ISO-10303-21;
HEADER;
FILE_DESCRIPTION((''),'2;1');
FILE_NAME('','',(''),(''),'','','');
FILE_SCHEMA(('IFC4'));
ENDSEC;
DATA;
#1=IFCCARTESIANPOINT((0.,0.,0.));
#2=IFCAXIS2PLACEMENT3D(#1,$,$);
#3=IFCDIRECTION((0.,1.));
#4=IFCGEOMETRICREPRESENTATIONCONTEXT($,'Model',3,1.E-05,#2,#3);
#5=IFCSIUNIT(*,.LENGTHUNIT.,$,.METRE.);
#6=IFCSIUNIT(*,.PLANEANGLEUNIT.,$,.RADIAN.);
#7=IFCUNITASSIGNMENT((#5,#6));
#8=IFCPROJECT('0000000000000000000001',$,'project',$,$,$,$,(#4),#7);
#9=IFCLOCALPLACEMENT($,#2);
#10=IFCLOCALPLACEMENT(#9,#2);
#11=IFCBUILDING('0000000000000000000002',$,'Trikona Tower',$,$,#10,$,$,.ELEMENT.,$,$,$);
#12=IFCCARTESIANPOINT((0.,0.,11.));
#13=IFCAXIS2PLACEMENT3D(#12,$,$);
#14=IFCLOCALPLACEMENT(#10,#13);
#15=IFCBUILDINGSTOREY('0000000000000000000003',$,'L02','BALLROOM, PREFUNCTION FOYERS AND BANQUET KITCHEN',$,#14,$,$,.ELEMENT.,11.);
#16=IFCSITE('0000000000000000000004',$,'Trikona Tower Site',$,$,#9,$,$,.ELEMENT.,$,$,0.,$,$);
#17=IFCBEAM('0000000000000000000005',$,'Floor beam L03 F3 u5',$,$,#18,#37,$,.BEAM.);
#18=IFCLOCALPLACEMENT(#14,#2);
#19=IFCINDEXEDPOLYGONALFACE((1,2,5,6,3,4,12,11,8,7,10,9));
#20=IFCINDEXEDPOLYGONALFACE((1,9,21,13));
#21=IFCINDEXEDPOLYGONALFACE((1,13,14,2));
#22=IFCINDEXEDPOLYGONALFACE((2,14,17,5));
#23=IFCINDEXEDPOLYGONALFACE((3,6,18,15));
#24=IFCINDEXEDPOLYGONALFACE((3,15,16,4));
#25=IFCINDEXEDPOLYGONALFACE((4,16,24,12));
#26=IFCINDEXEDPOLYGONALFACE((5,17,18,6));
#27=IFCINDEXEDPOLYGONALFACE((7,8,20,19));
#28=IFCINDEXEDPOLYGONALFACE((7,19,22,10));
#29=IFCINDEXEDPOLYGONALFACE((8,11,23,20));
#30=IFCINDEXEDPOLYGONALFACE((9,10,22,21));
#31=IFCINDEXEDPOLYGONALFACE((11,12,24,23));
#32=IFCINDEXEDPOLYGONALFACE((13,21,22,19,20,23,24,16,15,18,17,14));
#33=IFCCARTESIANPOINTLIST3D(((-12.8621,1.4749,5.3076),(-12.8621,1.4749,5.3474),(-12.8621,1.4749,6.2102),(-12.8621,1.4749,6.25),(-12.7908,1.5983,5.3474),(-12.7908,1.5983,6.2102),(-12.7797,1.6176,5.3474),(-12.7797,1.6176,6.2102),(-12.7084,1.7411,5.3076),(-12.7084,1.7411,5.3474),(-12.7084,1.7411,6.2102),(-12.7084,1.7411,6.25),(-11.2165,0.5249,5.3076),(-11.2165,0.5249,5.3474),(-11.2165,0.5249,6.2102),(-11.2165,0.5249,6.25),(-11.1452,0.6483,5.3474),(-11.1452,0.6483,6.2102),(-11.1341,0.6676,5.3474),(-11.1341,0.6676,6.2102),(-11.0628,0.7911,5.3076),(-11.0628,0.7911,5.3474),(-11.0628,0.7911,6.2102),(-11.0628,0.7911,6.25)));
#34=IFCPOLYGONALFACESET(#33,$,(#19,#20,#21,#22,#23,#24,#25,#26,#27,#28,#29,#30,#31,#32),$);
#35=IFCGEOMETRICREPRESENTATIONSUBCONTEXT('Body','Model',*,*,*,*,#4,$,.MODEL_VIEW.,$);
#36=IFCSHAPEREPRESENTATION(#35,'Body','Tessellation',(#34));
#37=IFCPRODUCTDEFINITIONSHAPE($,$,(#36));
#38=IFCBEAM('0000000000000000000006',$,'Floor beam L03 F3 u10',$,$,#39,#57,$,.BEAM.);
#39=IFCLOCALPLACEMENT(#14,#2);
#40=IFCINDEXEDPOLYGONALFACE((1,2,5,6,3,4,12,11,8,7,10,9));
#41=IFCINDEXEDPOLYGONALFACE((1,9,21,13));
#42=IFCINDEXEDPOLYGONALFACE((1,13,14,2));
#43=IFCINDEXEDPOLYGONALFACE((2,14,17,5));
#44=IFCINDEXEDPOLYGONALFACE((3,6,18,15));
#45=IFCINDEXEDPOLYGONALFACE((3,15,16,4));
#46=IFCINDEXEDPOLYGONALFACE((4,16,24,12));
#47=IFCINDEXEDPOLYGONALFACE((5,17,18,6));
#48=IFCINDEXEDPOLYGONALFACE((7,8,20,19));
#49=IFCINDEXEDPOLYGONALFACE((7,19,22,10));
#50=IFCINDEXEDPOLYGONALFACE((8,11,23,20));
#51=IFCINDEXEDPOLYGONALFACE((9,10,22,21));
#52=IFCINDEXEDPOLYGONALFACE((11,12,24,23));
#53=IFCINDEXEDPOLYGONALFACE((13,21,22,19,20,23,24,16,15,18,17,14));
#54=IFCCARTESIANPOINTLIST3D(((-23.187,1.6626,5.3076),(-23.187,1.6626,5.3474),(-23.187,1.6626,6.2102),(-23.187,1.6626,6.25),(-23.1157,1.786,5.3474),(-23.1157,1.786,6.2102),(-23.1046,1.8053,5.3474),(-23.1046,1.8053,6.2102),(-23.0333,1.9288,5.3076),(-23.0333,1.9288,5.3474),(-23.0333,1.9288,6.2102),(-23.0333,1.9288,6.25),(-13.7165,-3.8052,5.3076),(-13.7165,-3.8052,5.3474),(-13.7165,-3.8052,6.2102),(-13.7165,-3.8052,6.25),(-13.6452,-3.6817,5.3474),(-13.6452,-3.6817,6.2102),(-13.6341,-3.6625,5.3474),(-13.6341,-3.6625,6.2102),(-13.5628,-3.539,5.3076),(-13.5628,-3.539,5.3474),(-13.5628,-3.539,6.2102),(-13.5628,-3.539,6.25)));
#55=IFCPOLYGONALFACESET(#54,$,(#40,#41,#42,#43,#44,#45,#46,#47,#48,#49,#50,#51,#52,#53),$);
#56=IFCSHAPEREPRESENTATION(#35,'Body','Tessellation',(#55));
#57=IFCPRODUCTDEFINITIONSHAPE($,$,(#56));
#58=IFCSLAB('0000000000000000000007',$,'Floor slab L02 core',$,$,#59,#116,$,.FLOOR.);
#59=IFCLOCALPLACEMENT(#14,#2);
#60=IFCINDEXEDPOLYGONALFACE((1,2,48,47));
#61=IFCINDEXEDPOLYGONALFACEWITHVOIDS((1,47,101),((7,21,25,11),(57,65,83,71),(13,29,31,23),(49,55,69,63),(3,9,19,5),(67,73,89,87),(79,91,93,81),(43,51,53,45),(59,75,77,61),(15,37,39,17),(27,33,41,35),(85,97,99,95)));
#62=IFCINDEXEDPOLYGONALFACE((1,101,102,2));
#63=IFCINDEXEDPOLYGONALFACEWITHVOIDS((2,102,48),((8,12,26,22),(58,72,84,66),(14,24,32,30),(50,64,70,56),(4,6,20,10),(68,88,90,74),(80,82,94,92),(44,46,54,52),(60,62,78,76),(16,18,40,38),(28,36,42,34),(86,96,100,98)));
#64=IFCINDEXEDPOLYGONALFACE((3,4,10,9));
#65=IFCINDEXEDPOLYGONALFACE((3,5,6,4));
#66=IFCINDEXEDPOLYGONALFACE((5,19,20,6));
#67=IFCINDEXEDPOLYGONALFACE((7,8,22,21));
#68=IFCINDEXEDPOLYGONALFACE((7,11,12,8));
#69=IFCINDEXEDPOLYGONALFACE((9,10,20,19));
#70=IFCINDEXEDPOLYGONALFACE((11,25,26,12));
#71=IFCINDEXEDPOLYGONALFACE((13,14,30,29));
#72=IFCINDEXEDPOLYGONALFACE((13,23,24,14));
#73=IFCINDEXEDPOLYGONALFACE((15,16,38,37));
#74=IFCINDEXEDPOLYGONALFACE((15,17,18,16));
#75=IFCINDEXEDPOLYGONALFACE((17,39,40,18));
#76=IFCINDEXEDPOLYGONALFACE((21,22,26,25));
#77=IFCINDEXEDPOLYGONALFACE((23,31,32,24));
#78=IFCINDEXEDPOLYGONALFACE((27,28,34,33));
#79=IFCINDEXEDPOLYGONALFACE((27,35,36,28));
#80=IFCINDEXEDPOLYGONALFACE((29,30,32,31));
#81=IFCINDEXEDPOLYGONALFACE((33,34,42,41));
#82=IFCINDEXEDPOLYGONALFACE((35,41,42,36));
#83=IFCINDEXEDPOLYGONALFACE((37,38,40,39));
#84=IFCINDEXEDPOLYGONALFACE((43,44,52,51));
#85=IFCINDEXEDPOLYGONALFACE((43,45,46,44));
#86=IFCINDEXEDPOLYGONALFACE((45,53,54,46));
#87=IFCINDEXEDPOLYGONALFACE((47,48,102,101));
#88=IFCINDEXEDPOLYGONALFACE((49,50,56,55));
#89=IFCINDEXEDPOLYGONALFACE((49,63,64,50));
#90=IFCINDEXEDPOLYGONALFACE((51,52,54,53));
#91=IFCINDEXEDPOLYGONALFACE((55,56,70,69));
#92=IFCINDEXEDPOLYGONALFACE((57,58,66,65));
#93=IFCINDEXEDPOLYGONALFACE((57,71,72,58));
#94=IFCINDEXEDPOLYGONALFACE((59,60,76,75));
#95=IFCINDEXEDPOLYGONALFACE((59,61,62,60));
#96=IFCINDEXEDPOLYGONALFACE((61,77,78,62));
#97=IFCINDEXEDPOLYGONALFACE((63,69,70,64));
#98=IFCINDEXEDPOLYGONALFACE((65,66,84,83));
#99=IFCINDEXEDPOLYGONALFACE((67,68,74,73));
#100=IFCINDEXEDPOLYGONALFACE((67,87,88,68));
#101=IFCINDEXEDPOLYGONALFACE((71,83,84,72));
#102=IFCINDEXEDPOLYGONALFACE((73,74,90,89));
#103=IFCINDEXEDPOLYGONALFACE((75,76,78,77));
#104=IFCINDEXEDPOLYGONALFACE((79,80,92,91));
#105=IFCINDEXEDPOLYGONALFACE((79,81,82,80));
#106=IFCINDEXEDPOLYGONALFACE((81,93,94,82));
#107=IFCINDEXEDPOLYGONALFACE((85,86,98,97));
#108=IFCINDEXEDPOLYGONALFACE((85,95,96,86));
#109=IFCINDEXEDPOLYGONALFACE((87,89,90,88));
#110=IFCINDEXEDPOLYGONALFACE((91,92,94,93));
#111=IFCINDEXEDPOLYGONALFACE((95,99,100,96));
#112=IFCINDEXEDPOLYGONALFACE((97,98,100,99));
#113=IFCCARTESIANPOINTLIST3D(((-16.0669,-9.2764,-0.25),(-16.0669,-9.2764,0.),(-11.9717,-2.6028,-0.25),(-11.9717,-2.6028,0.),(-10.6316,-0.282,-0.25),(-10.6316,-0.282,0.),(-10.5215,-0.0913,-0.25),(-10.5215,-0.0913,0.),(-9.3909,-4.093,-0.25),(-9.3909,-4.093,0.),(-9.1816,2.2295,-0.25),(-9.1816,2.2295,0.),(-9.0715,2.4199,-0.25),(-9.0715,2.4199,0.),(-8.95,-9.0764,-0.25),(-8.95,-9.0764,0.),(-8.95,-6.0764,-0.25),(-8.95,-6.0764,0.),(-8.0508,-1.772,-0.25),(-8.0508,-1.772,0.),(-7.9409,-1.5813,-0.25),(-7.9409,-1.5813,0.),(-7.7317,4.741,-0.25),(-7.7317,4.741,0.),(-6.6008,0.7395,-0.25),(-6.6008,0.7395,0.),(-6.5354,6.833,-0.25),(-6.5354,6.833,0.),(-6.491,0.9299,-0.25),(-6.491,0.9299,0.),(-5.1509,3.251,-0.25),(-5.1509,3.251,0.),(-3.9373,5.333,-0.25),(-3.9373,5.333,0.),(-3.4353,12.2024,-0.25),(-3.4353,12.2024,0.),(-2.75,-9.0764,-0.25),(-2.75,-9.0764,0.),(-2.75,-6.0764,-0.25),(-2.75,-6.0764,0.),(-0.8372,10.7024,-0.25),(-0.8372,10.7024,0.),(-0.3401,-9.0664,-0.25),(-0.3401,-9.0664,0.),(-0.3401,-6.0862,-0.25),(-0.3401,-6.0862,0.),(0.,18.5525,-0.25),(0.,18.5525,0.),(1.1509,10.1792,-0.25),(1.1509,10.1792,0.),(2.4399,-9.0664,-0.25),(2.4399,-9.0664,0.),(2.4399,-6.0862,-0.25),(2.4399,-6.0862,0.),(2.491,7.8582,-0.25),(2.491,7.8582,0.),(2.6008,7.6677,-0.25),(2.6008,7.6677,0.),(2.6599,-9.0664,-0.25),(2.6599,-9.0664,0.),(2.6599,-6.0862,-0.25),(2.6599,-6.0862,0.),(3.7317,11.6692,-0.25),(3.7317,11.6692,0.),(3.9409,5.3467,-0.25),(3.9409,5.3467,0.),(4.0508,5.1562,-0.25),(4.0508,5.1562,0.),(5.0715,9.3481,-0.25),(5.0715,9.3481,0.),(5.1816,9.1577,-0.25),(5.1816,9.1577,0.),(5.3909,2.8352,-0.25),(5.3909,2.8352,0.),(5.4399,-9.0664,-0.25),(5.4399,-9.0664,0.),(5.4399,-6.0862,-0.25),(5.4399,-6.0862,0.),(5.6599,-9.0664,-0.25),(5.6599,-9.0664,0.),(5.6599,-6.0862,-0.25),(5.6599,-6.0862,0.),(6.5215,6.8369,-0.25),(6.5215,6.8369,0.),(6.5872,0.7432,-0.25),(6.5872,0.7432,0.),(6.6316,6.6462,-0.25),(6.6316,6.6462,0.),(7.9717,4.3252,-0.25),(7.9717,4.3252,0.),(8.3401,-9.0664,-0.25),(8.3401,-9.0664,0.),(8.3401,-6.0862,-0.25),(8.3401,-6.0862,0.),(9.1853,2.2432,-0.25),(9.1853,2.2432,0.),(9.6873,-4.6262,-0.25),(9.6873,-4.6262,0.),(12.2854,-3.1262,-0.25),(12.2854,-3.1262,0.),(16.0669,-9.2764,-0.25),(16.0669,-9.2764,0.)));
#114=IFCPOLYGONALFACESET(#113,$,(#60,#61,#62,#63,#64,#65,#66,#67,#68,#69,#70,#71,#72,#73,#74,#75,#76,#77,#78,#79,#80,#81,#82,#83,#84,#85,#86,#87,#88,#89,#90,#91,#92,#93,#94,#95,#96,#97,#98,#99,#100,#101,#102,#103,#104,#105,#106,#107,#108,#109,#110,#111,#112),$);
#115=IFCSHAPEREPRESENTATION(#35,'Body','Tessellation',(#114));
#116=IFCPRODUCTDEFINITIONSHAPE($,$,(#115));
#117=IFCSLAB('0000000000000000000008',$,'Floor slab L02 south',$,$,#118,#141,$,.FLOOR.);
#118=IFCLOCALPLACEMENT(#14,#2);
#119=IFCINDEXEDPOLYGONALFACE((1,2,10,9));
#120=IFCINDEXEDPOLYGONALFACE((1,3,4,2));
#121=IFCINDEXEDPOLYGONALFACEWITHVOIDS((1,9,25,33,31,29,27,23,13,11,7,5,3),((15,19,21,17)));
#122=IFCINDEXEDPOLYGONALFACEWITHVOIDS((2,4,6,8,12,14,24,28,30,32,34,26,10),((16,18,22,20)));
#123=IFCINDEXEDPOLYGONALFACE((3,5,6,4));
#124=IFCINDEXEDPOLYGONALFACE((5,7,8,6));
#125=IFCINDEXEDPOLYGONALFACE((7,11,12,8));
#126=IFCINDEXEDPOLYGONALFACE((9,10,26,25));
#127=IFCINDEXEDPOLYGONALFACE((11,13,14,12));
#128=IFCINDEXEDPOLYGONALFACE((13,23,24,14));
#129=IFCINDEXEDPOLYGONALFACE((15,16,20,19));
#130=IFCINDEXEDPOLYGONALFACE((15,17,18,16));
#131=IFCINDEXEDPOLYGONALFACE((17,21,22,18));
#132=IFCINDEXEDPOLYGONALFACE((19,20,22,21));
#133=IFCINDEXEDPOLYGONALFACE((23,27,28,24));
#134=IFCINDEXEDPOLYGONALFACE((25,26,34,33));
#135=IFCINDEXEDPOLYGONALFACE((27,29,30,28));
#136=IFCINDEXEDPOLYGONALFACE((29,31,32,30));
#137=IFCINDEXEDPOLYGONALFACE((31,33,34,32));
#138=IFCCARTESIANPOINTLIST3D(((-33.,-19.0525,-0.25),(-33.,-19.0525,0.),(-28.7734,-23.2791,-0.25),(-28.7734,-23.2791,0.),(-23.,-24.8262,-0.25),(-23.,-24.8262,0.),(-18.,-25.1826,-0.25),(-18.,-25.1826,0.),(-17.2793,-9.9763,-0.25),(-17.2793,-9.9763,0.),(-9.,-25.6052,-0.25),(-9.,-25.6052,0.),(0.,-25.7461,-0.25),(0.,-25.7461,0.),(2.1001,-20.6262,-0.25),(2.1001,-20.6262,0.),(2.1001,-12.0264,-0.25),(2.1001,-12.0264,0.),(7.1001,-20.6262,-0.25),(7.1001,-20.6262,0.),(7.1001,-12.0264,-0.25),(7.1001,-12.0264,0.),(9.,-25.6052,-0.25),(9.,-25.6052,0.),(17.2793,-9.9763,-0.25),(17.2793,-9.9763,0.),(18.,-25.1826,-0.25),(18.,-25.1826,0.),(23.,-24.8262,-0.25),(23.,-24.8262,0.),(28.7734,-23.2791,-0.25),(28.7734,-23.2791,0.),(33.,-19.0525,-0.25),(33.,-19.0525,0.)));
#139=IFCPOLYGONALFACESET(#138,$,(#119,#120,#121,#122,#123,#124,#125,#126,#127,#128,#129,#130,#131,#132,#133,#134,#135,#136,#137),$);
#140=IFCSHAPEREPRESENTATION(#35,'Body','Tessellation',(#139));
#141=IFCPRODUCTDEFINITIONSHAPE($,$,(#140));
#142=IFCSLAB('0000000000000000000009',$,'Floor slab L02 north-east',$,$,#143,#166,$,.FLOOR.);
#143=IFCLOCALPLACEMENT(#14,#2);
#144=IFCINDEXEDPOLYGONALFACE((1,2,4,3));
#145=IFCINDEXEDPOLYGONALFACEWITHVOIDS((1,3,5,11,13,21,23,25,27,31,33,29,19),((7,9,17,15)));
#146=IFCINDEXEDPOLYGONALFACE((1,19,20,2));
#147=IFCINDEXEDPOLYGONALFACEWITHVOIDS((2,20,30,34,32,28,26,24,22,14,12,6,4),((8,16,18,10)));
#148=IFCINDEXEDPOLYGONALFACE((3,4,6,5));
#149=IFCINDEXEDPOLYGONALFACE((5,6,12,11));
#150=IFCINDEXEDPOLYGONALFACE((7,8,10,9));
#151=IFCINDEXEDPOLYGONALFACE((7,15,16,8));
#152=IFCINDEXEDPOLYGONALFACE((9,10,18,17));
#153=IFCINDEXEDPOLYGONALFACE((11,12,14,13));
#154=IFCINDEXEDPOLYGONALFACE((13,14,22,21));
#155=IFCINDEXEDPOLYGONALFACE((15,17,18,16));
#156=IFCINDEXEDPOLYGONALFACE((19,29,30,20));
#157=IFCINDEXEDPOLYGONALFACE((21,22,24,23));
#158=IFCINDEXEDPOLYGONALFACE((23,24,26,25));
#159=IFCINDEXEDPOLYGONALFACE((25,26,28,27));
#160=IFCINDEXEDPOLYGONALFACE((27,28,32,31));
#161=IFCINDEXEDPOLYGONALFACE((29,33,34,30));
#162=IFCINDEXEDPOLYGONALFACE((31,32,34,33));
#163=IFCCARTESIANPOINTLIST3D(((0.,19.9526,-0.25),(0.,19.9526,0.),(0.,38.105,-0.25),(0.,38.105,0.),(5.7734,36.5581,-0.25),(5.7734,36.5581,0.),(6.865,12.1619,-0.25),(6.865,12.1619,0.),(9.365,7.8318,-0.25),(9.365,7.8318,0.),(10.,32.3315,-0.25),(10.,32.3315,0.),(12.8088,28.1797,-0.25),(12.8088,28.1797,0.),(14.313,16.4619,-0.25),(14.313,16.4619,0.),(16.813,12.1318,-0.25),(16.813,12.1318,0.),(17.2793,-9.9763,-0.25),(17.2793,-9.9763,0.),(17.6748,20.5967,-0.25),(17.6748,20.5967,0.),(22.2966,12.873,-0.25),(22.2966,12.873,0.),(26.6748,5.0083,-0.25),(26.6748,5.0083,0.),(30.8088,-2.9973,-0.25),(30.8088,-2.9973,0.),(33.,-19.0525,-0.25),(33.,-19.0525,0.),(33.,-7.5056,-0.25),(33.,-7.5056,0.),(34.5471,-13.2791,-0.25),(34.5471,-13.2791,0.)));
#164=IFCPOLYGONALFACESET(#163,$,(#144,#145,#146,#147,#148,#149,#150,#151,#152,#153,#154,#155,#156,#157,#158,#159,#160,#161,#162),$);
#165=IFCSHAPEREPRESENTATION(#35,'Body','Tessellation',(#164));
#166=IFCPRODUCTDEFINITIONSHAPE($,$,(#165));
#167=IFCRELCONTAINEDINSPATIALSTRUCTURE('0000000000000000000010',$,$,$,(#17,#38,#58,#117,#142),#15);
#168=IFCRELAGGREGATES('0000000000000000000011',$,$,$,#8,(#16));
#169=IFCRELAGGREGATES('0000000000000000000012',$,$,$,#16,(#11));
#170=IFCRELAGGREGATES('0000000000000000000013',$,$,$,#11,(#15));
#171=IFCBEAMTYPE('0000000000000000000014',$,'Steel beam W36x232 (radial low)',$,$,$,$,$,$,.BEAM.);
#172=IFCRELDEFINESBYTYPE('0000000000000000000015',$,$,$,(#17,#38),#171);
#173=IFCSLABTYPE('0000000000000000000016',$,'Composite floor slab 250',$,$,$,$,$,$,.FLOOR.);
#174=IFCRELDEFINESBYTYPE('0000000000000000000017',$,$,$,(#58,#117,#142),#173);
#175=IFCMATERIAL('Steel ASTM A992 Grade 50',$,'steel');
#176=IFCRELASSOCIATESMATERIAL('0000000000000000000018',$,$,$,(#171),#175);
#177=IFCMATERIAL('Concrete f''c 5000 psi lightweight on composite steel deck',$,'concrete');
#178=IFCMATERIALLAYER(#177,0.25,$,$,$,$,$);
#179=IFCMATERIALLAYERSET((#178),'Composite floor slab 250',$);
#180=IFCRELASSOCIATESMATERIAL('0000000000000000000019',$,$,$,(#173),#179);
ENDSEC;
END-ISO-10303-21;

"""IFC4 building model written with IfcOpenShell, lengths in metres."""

from ifc_helpers import new_model, si_unit, direction, frame, origin, origin_2d, place, context, subcontext, project, spatial, polyline, i_section, outline, extrude, material, layer, layer_set, material_profile, profile_set, type_object, element, save


model = new_model("IFC4")

# Units and contexts
model_context = context("Model", 3, precision=1e-05, world=origin(), true_north=direction((0.0, 1.0)))
body_context = subcontext(model_context, "Body", "Model", "MODEL_VIEW")
ifc_project = project(units=[si_unit("LENGTHUNIT", "METRE"), si_unit("PLANEANGLEUNIT", "RADIAN")], contexts=[model_context])

# Site, building, storey
site_placement = place(None, origin())
site = spatial("IfcSite", under=ifc_project, at=site_placement, Name="Trikona Tower Site", CompositionType="ELEMENT", RefElevation=0.0)
building_placement = place(site_placement, origin())
building = spatial("IfcBuilding", under=site, at=building_placement, Name="Trikona Tower", CompositionType="ELEMENT")
storey_placement = place(building_placement, frame((0.0, 0.0, 11.0)))
storey = spatial("IfcBuildingStorey", under=building, at=storey_placement, Name="L02", Description="BALLROOM, PREFUNCTION FOYERS AND BANQUET KITCHEN", CompositionType="ELEMENT", Elevation=11.0)

# Beams
ifc_material_1 = material(Name="Steel ASTM A992 Grade 50", Category="steel")
ifc_material_profile = material_profile(ifc_material_1, i_section(OverallWidth=0.3074, OverallDepth=0.9424, WebThickness=0.0222, FlangeThickness=0.0398, at=origin_2d()), Name="W36X232")
ifc_profile_set = profile_set([ifc_material_profile], Name="Steel ASTM A992 Grade 50")
beam_type = type_object("IfcBeamType", Name="Steel beam W36x232 (radial low)", PredefinedType="BEAM", material=ifc_profile_set)
beam_1_placement = place(storey_placement, frame((-11.1396, 0.658, 5.7788), z_axis=(-0.866044, 0.499967, 0.0), x_axis=(-0.499967, -0.866044, 0.0)))
element("IfcBeam", 1, at=beam_1_placement, inside=storey, type_object=beam_type, Name="Floor beam L03 F3 u5", PredefinedType="BEAM", context=body_context, shape_type="SweptSolid", body=[
    extrude(i_section(OverallWidth=0.3074, OverallDepth=0.9424, WebThickness=0.0222, FlangeThickness=0.0398, at=origin_2d()), origin(), (0.0, 0.0, 1.0), 1.9001),
])
beam_2_placement = place(storey_placement, frame((-13.6396, -3.6721, 5.7788), z_axis=(-0.866025, 0.5, 0.0), x_axis=(-0.5, -0.866025, 0.0)))
element("IfcBeam", 2, at=beam_2_placement, inside=storey, type_object=beam_type, Name="Floor beam L03 F3 u10", PredefinedType="BEAM", context=body_context, shape_type="SweptSolid", body=[
    extrude(i_section(OverallWidth=0.3074, OverallDepth=0.9424, WebThickness=0.0222, FlangeThickness=0.0398, at=origin_2d()), origin(), (0.0, 0.0, 1.0), 10.9355),
])

# Slabs
ifc_material_2 = material(Name="Concrete f'c 5000 psi lightweight on composite steel deck", Category="concrete")
ifc_layer_1 = layer(ifc_material_2, 0.25)
ifc_layer_set_1 = layer_set([ifc_layer_1], Name="Composite floor slab 250")
slab_type_1 = type_object("IfcSlabType", Name="Composite floor slab 250", PredefinedType="FLOOR", material=ifc_layer_set_1)
slab_1_placement = place(storey_placement, frame((0.0, 0.0, -0.25)))
element("IfcSlab", 3, at=slab_1_placement, inside=storey, type_object=slab_type_1, Name="Floor slab L02 core", PredefinedType="FLOOR", context=body_context, shape_type="SweptSolid", body=[
    extrude(outline(polyline([(-16.0669, -9.2764), (16.0669, -9.2764), (0.0, 18.5525), (-16.0669, -9.2764)]), holes=[polyline([(9.6873, -4.6262), (12.2854, -3.1262), (9.1853, 2.2432), (6.5872, 0.7432), (9.6873, -4.6262)]), polyline([(5.6599, -9.0664), (8.3401, -9.0664), (8.3401, -6.0862), (5.6599, -6.0862), (5.6599, -9.0664)]), polyline([(4.0508, 5.1562), (5.3909, 2.8352), (7.9717, 4.3252), (6.6316, 6.6462), (4.0508, 5.1562)]), polyline([(5.1816, 9.1577), (2.6008, 7.6677), (3.9409, 5.3467), (6.5215, 6.8369), (5.1816, 9.1577)]), polyline([(5.4399, -9.0664), (5.4399, -6.0862), (2.6599, -6.0862), (2.6599, -9.0664), (5.4399, -9.0664)]), polyline([(5.0715, 9.3481), (3.7317, 11.6692), (1.1509, 10.1792), (2.491, 7.8582), (5.0715, 9.3481)]), polyline([(2.4399, -6.0862), (-0.3401, -6.0862), (-0.3401, -9.0664), (2.4399, -9.0664), (2.4399, -6.0862)]), polyline([(-0.8372, 10.7024), (-3.4353, 12.2024), (-6.5354, 6.833), (-3.9373, 5.333), (-0.8372, 10.7024)]), polyline([(-8.95, -6.0764), (-8.95, -9.0764), (-2.75, -9.0764), (-2.75, -6.0764), (-8.95, -6.0764)]), polyline([(-6.491, 0.9299), (-5.1509, 3.251), (-7.7317, 4.741), (-9.0715, 2.4199), (-6.491, 0.9299)]), polyline([(-10.5215, -0.0913), (-7.9409, -1.5813), (-6.6008, 0.7395), (-9.1816, 2.2295), (-10.5215, -0.0913)]), polyline([(-10.6316, -0.282), (-11.9717, -2.6028), (-9.3909, -4.093), (-8.0508, -1.772), (-10.6316, -0.282)])]), origin(), (0.0, 0.0, 1.0), 0.25),
])
slab_2_placement = place(storey_placement, frame((0.0, 0.0, -0.25)))
element("IfcSlab", 4, at=slab_2_placement, inside=storey, type_object=slab_type_1, Name="Floor slab L02 south", PredefinedType="FLOOR", context=body_context, shape_type="SweptSolid", body=[
    extrude(outline(polyline([(33.0, -19.0525), (17.2793, -9.9763), (-17.2793, -9.9763), (-33.0, -19.0525), (-28.7734, -23.2791), (-23.0, -24.8262), (-18.0, -25.1826), (-9.0, -25.6052), (0.0, -25.7461), (9.0, -25.6052), (18.0, -25.1826), (23.0, -24.8262), (28.7734, -23.2791), (33.0, -19.0525)]), holes=[polyline([(2.1001, -20.6262), (7.1001, -20.6262), (7.1001, -12.0264), (2.1001, -12.0264), (2.1001, -20.6262)])]), origin(), (0.0, 0.0, 1.0), 0.25),
])
slab_3_placement = place(storey_placement, frame((0.0, 0.0, -0.25)))
element("IfcSlab", 5, at=slab_3_placement, inside=storey, type_object=slab_type_1, Name="Floor slab L02 north-east", PredefinedType="FLOOR", context=body_context, shape_type="SweptSolid", body=[
    extrude(outline(polyline([(22.2966, 12.873), (17.6748, 20.5967), (12.8088, 28.1797), (10.0, 32.3315), (5.7734, 36.5581), (0.0, 38.105), (0.0, 19.9526), (17.2793, -9.9763), (33.0, -19.0525), (34.5471, -13.2791), (33.0, -7.5056), (30.8088, -2.9973), (26.6748, 5.0083), (22.2966, 12.873)]), holes=[polyline([(9.365, 7.8318), (16.813, 12.1318), (14.313, 16.4619), (6.865, 12.1619), (9.365, 7.8318)])]), origin(), (0.0, 0.0, 1.0), 0.25),
])

save(model, "model.ifc")
